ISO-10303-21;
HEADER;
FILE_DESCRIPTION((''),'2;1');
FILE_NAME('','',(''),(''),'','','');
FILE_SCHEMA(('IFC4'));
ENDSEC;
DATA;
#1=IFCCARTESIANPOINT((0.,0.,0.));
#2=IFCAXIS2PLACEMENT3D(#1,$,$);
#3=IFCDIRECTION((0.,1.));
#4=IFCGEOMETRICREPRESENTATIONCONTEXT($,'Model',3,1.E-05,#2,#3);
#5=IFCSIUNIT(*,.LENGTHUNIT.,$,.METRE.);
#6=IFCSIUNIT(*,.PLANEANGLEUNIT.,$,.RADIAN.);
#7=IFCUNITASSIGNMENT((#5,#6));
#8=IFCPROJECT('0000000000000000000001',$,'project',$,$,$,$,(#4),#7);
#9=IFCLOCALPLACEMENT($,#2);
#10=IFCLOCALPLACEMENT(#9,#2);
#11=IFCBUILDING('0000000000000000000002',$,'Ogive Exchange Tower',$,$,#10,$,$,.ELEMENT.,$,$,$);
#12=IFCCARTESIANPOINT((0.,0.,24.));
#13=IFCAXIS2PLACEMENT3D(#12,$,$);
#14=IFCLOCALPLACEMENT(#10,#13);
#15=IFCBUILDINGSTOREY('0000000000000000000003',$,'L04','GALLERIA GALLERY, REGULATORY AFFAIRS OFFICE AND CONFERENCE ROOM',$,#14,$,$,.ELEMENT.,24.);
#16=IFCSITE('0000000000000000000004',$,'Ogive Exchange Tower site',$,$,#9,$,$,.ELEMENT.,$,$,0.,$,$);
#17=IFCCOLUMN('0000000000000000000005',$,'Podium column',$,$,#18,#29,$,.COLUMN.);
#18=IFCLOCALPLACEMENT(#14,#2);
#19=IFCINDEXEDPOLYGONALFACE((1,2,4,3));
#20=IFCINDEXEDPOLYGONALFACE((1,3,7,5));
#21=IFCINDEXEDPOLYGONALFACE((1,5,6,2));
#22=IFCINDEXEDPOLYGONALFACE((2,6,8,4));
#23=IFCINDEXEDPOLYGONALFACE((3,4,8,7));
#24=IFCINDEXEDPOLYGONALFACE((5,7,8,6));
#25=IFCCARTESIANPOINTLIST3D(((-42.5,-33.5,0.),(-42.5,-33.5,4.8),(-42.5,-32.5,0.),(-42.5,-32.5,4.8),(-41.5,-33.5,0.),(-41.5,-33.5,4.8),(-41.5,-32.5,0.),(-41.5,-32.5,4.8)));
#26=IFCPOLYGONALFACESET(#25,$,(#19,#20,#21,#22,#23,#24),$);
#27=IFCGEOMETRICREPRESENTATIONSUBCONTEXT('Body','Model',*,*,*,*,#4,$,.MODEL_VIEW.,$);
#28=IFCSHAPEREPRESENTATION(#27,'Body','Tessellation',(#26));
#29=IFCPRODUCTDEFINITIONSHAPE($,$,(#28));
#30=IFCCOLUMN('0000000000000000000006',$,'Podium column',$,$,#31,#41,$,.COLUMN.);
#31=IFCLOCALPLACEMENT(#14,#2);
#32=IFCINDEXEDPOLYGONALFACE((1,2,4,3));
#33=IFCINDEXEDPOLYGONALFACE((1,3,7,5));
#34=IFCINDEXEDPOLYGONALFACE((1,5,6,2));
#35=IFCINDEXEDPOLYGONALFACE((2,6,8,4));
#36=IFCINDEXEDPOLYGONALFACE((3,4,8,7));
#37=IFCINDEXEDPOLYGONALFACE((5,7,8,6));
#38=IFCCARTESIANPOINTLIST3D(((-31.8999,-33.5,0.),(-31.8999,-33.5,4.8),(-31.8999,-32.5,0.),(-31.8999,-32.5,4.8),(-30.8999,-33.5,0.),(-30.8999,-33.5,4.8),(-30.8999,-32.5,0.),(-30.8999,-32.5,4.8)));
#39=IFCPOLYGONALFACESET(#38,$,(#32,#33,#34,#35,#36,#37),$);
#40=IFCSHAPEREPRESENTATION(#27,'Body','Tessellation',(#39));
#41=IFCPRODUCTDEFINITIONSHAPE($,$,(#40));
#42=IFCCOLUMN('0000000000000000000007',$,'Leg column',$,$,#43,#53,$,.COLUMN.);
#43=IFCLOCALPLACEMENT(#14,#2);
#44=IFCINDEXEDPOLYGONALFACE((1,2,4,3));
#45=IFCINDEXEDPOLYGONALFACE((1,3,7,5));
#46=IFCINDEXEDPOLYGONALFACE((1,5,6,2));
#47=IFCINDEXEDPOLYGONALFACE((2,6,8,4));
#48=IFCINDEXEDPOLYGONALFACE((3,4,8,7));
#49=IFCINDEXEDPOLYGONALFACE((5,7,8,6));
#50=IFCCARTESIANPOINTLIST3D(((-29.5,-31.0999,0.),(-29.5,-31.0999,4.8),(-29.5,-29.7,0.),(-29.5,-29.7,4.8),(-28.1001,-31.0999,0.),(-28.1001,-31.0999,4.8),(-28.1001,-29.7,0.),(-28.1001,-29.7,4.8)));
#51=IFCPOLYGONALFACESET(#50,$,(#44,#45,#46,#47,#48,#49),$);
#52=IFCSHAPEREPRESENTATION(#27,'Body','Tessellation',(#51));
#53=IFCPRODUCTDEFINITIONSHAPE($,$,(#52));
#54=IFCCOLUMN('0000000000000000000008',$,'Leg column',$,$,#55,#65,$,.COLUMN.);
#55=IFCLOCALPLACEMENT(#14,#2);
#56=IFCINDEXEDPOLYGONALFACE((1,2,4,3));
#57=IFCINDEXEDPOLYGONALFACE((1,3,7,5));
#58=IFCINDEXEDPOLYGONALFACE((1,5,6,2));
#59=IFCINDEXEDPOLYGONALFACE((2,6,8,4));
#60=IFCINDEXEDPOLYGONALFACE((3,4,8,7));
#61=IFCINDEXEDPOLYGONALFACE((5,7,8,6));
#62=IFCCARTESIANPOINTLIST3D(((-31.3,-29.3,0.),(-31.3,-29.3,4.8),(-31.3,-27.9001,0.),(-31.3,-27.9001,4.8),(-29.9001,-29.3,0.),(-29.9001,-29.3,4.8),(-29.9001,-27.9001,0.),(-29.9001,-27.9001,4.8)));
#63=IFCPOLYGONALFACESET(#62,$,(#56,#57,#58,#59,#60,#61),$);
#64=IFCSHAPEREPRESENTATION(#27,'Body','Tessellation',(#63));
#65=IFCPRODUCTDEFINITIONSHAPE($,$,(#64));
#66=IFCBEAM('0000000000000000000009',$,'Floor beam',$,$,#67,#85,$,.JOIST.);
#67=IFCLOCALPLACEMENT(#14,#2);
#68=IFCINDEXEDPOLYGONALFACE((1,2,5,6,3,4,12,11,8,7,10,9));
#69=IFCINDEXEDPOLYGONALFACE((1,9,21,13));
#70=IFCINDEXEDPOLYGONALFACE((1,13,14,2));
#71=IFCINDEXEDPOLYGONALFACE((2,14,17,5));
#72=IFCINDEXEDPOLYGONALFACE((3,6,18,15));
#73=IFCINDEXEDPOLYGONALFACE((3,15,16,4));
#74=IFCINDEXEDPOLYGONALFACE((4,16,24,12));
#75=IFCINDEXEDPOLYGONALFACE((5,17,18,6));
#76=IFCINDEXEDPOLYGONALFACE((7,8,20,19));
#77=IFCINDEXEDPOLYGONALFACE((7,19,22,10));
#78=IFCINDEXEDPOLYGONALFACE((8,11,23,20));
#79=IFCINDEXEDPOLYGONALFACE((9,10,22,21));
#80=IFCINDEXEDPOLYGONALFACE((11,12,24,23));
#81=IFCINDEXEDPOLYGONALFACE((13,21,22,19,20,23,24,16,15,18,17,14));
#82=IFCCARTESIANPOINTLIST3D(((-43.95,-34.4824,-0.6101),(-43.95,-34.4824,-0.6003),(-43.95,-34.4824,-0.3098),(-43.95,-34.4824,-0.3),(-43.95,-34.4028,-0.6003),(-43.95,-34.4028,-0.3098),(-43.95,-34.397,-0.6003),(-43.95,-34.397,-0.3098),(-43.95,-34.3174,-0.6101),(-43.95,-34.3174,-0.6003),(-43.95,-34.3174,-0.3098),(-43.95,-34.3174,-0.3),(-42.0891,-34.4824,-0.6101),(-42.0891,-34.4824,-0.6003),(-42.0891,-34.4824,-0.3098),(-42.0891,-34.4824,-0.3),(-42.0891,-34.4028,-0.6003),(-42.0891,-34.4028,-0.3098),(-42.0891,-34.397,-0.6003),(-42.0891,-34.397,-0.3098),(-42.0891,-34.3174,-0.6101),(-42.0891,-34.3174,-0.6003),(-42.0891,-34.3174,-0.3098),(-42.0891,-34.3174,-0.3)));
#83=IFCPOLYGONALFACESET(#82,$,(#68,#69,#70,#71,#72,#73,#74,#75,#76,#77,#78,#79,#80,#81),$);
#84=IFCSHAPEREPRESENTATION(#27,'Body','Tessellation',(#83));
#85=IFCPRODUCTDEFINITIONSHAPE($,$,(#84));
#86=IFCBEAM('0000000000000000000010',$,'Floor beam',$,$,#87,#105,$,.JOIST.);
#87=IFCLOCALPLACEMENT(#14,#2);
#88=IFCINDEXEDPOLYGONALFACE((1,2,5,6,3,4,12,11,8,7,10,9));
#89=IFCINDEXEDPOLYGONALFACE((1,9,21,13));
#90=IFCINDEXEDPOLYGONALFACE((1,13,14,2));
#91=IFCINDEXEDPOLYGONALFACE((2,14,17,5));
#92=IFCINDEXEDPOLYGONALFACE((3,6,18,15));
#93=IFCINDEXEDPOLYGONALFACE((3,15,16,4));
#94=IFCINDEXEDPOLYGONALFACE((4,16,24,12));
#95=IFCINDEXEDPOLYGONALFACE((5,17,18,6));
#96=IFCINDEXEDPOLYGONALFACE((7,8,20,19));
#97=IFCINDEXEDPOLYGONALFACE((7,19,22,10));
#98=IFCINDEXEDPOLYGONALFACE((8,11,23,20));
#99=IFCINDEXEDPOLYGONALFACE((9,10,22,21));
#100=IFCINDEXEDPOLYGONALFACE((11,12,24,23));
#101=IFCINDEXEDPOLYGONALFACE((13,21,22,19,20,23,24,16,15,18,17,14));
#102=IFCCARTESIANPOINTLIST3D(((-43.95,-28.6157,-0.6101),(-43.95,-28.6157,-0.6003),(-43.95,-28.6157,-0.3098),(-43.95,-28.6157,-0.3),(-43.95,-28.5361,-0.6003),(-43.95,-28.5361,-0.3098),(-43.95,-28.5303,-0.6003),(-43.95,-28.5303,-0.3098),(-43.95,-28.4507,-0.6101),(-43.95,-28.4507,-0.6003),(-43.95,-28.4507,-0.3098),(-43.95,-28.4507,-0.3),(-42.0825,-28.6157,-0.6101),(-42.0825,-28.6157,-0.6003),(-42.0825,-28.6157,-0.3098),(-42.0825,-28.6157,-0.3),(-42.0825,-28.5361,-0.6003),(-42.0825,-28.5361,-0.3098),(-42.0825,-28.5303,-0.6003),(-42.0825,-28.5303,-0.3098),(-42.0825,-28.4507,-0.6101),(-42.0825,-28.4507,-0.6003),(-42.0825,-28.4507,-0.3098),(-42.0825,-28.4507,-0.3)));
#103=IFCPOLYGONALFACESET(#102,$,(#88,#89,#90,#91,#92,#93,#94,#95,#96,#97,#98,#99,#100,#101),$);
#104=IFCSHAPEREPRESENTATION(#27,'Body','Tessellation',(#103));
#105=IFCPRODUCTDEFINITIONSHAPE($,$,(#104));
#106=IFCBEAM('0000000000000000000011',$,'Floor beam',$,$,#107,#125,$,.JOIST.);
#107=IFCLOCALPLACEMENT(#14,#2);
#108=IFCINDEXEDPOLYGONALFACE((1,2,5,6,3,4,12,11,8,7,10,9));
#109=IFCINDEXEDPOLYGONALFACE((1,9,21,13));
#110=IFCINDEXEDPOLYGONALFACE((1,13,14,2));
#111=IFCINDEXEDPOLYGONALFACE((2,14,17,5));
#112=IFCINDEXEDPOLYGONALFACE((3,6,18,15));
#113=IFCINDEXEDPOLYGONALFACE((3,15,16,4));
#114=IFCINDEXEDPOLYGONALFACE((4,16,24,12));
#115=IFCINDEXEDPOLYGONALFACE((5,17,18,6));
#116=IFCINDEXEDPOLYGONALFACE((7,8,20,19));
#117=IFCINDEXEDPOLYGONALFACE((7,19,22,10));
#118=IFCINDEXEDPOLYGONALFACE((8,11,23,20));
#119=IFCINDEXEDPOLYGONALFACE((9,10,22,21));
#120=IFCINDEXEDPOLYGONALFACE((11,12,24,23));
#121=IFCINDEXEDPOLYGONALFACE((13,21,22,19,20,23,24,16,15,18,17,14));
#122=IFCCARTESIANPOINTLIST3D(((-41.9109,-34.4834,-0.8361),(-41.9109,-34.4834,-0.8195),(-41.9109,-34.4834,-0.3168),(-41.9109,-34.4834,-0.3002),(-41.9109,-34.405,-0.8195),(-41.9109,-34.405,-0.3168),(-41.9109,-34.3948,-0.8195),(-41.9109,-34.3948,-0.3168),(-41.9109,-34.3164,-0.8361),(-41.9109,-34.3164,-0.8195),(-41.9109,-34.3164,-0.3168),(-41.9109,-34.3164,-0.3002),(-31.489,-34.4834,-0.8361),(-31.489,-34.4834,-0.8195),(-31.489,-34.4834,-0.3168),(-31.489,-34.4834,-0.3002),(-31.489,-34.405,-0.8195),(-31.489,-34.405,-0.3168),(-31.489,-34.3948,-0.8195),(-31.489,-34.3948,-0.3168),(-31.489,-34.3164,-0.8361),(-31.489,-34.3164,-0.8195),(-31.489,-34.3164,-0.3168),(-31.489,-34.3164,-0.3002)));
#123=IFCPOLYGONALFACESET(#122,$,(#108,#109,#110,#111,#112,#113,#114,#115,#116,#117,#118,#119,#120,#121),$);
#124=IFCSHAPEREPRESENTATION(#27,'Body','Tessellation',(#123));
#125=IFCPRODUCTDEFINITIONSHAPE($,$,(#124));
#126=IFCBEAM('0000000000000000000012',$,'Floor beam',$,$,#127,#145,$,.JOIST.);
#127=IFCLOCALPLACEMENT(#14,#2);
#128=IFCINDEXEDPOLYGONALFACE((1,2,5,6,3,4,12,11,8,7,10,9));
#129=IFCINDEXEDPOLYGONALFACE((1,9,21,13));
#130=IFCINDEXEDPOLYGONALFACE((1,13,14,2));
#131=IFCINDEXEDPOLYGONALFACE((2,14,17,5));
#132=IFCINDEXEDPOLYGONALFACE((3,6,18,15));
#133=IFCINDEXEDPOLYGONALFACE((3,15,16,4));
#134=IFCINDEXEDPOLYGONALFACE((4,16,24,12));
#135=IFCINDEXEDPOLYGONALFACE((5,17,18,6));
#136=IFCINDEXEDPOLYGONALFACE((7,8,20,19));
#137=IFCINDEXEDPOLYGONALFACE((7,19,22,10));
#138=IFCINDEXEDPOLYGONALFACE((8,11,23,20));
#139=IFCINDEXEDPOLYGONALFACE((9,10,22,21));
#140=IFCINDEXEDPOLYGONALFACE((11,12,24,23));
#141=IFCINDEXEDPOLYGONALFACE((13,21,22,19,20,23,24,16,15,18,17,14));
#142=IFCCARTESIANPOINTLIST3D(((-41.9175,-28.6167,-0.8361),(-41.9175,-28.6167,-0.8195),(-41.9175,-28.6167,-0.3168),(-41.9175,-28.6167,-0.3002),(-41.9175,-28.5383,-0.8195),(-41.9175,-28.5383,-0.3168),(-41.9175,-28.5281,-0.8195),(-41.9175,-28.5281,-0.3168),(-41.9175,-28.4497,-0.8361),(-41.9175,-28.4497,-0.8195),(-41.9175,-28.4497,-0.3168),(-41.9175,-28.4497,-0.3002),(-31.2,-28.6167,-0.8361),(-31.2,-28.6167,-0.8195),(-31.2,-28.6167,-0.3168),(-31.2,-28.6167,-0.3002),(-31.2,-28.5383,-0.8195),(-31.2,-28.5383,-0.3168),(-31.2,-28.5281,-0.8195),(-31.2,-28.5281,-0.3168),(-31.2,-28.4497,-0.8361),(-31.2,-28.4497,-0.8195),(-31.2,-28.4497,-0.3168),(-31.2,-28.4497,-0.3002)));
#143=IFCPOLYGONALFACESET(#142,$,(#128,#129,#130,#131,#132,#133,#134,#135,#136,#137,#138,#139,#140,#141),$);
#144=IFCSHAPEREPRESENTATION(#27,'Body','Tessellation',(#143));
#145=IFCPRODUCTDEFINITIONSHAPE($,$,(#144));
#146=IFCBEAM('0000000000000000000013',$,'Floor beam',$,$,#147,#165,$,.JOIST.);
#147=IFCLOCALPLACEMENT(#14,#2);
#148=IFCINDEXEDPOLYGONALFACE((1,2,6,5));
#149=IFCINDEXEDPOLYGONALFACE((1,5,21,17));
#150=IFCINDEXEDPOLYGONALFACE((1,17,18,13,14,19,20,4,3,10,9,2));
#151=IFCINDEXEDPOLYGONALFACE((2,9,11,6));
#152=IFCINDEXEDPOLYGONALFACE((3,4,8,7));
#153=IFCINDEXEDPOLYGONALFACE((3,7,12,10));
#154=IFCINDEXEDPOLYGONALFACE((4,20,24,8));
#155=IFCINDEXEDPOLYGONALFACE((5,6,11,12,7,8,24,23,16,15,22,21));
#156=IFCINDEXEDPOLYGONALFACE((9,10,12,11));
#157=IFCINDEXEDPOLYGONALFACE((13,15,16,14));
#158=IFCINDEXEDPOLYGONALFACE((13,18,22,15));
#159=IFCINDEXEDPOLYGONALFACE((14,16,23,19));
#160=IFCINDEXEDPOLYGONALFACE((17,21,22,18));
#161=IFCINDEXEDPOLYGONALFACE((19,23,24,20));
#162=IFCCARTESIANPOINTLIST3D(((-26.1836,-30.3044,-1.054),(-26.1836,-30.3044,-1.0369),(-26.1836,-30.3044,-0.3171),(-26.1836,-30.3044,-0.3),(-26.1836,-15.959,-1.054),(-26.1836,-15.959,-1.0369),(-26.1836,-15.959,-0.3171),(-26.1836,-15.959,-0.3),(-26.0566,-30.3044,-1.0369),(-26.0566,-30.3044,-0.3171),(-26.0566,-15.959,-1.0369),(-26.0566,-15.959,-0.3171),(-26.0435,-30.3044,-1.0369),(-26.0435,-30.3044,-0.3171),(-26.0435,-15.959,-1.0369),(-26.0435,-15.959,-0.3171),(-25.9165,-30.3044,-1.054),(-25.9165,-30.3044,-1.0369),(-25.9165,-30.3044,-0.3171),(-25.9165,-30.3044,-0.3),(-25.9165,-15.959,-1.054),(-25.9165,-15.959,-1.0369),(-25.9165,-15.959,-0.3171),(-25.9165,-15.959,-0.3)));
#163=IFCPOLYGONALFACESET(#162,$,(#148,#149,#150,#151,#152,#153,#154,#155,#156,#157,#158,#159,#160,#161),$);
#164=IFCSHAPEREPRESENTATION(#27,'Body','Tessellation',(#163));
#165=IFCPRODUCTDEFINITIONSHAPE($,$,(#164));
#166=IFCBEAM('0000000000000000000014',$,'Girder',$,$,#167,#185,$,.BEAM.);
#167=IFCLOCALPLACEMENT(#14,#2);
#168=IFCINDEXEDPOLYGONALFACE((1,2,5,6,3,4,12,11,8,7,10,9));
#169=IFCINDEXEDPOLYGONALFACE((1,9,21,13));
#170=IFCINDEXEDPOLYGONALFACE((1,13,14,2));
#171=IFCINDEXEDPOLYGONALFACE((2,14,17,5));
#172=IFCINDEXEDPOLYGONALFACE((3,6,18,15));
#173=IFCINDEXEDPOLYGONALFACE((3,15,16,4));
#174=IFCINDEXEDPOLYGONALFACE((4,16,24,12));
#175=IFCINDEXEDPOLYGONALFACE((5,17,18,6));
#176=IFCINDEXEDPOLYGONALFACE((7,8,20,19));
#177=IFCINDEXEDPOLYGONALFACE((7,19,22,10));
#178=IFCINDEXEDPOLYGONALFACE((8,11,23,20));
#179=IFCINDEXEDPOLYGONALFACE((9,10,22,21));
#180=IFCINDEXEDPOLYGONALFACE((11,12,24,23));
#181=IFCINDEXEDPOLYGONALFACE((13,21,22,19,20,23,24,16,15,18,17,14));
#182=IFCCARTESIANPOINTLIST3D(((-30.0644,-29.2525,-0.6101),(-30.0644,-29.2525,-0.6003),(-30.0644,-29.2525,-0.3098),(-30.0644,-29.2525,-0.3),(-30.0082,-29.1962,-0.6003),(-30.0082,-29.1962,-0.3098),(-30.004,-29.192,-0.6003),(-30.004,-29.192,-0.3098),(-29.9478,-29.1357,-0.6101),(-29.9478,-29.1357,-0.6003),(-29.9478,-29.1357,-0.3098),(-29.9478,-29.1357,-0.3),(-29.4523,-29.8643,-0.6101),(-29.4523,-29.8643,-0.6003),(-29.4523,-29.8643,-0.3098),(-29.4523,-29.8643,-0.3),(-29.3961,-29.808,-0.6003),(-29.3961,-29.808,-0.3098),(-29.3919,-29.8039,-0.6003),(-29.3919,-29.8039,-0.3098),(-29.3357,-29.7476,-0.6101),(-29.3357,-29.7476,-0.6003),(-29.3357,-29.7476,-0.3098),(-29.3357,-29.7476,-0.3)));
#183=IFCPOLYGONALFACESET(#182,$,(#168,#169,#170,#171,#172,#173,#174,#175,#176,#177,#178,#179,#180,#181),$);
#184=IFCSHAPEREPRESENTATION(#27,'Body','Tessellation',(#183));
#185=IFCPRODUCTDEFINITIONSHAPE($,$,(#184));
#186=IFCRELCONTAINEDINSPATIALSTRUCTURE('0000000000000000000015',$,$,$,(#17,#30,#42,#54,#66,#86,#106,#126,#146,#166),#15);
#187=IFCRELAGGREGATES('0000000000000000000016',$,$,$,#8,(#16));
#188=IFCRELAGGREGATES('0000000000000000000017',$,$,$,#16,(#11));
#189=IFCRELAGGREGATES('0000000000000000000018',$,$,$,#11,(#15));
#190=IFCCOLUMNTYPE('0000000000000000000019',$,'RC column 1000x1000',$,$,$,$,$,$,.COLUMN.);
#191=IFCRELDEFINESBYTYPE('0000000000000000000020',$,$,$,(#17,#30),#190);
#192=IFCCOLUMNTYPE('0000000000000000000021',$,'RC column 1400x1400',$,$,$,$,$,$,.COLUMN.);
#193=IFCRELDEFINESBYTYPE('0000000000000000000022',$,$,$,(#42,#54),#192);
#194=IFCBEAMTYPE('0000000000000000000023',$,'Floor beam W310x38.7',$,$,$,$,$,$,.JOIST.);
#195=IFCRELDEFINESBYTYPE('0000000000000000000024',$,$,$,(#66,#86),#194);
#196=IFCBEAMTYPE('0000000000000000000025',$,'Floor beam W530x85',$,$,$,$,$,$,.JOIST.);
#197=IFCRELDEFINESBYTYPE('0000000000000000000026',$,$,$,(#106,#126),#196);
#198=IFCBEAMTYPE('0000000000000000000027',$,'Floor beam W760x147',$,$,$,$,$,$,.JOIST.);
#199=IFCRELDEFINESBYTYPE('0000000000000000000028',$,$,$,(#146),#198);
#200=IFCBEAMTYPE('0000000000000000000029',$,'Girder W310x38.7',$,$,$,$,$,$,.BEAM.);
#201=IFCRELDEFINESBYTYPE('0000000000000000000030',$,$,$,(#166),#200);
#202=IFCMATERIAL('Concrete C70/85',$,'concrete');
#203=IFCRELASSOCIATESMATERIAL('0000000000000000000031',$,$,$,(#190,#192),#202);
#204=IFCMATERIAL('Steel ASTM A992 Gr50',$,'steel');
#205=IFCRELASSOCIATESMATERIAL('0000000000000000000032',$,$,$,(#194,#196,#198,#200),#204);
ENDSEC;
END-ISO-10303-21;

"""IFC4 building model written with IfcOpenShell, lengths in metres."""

from ifc_helpers import new_model, si_unit, direction, frame, origin, origin_2d, place, context, subcontext, project, spatial, rectangle, i_section, extrude, material, material_profile, profile_set, type_object, element, save


model = new_model("IFC4")

# Units and contexts
model_context = context("Model", 3, precision=1e-05, world=origin(), true_north=direction((0.0, 1.0)))
body_context = subcontext(model_context, "Body", "Model", "MODEL_VIEW")
ifc_project = project(units=[si_unit("LENGTHUNIT", "METRE"), si_unit("PLANEANGLEUNIT", "RADIAN")], contexts=[model_context])

# Site, building, storey
site_placement = place(None, origin())
site = spatial("IfcSite", under=ifc_project, at=site_placement, Name="Ogive Exchange Tower site", CompositionType="ELEMENT", RefElevation=0.0)
building_placement = place(site_placement, origin())
building = spatial("IfcBuilding", under=site, at=building_placement, Name="Ogive Exchange Tower", CompositionType="ELEMENT")
storey_placement = place(building_placement, frame((0.0, 0.0, 24.0)))
storey = spatial("IfcBuildingStorey", under=building, at=storey_placement, Name="L04", Description="GALLERIA GALLERY, REGULATORY AFFAIRS OFFICE AND CONFERENCE ROOM", CompositionType="ELEMENT", Elevation=24.0)

# Columns
ifc_material_1 = material(Name="Concrete C70/85", Category="concrete")
ifc_material_profile_1 = material_profile(ifc_material_1, rectangle(XDim=1.0, YDim=1.0, at=origin_2d()), Name="RC 1000x1000")
ifc_profile_set_1 = profile_set([ifc_material_profile_1], Name="Concrete C70/85")
column_type_1 = type_object("IfcColumnType", Name="RC column 1000x1000", PredefinedType="COLUMN", material=ifc_profile_set_1)
for number, where, z_axis, x_axis, name in (
    (1, (-42.0, -33.0, 0.0), (0.0, 0.0, 1.0), (1.0, 0.0, 0.0), "Podium column"),
    (2, (-31.3999, -33.0, 0.0), (0.0, 0.0, 1.0), (1.0, 0.0, 0.0), "Podium column"),
):
    element("IfcColumn", number, at=place(storey_placement, frame(where, z_axis=z_axis, x_axis=x_axis)), inside=storey, type_object=column_type_1, Name=name, PredefinedType="COLUMN", context=body_context, shape_type="SweptSolid", body=[
        extrude(rectangle(XDim=1.0, YDim=1.0, at=origin_2d()), origin(), (0.0, 0.0, 1.0), 4.8),
    ])
ifc_material_profile_2 = material_profile(ifc_material_1, rectangle(XDim=1.3999, YDim=1.3999, at=origin_2d()), Name="RC 1400x1400")
ifc_profile_set_2 = profile_set([ifc_material_profile_2], Name="Concrete C70/85")
column_type_2 = type_object("IfcColumnType", Name="RC column 1400x1400", PredefinedType="COLUMN", material=ifc_profile_set_2)
for number, where, z_axis, x_axis, name in (
    (3, (-28.8, -30.3999, 0.0), (0.0, 0.0, 1.0), (1.0, 0.0, 0.0), "Leg column"),
    (4, (-30.6001, -28.6001, 0.0), (0.0, 0.0, 1.0), (1.0, 0.0, 0.0), "Leg column"),
):
    element("IfcColumn", number, at=place(storey_placement, frame(where, z_axis=z_axis, x_axis=x_axis)), inside=storey, type_object=column_type_2, Name=name, PredefinedType="COLUMN", context=body_context, shape_type="SweptSolid", body=[
        extrude(rectangle(XDim=1.3999, YDim=1.3999, at=origin_2d()), origin(), (0.0, 0.0, 1.0), 4.8),
    ])

# Beams
ifc_material_2 = material(Name="Steel ASTM A992 Gr50", Category="steel")
ifc_material_profile_3 = material_profile(ifc_material_2, i_section(OverallWidth=0.165, OverallDepth=0.3101, WebThickness=0.0059, FlangeThickness=0.0098, at=origin_2d()), Name="W310x38.7")
ifc_profile_set_3 = profile_set([ifc_material_profile_3], Name="Steel ASTM A992 Gr50")
beam_type_1 = type_object("IfcBeamType", Name="Floor beam W310x38.7", PredefinedType="JOIST", material=ifc_profile_set_3)
beam_1_placement = place(storey_placement, frame((-43.95, -34.3999, -0.4551), z_axis=(1.0, 0.0, 0.0), x_axis=(0.0, 1.0, 0.0)))
element("IfcBeam", 5, at=beam_1_placement, inside=storey, type_object=beam_type_1, Name="Floor beam", PredefinedType="JOIST", context=body_context, shape_type="SweptSolid", body=[
    extrude(i_section(OverallWidth=0.165, OverallDepth=0.3101, WebThickness=0.0059, FlangeThickness=0.0098, at=origin_2d()), origin(), (0.0, 0.0, 1.0), 1.8608),
])
beam_2_placement = place(storey_placement, frame((-43.95, -28.5332, -0.4551), z_axis=(1.0, 0.0, 0.0), x_axis=(0.0, 1.0, 0.0)))
element("IfcBeam", 6, at=beam_2_placement, inside=storey, type_object=beam_type_1, Name="Floor beam", PredefinedType="JOIST", context=body_context, shape_type="SweptSolid", body=[
    extrude(i_section(OverallWidth=0.165, OverallDepth=0.3101, WebThickness=0.0059, FlangeThickness=0.0098, at=origin_2d()), origin(), (0.0, 0.0, 1.0), 1.8674),
])
ifc_material_profile_4 = material_profile(ifc_material_2, i_section(OverallWidth=0.167, OverallDepth=0.5359, WebThickness=0.0103, FlangeThickness=0.0166, at=origin_2d()), Name="W530x85")
ifc_profile_set_4 = profile_set([ifc_material_profile_4], Name="Steel ASTM A992 Gr50")
beam_type_2 = type_object("IfcBeamType", Name="Floor beam W530x85", PredefinedType="JOIST", material=ifc_profile_set_4)
beam_3_placement = place(storey_placement, frame((-41.9109, -34.3999, -0.5681), z_axis=(1.0, 0.0, 0.0), x_axis=(0.0, 1.0, 0.0)))
element("IfcBeam", 7, at=beam_3_placement, inside=storey, type_object=beam_type_2, Name="Floor beam", PredefinedType="JOIST", context=body_context, shape_type="SweptSolid", body=[
    extrude(i_section(OverallWidth=0.167, OverallDepth=0.5359, WebThickness=0.0103, FlangeThickness=0.0166, at=origin_2d()), origin(), (0.0, 0.0, 1.0), 10.4219),
])
beam_4_placement = place(storey_placement, frame((-41.9175, -28.5332, -0.5681), z_axis=(1.0, 0.0, 0.0), x_axis=(0.0, 1.0, 0.0)))
element("IfcBeam", 8, at=beam_4_placement, inside=storey, type_object=beam_type_2, Name="Floor beam", PredefinedType="JOIST", context=body_context, shape_type="SweptSolid", body=[
    extrude(i_section(OverallWidth=0.167, OverallDepth=0.5359, WebThickness=0.0103, FlangeThickness=0.0166, at=origin_2d()), origin(), (0.0, 0.0, 1.0), 10.7175),
])
ifc_material_profile_5 = material_profile(ifc_material_2, i_section(OverallWidth=0.2671, OverallDepth=0.7539, WebThickness=0.0132, FlangeThickness=0.0171, at=origin_2d()), Name="W760x147")
ifc_profile_set_5 = profile_set([ifc_material_profile_5], Name="Steel ASTM A992 Gr50")
beam_type_3 = type_object("IfcBeamType", Name="Floor beam W760x147", PredefinedType="JOIST", material=ifc_profile_set_5)
beam_5_placement = place(storey_placement, frame((-26.05, -30.3044, -0.677), z_axis=(0.0, 1.0, 0.0), x_axis=(-1.0, 0.0, 0.0)))
element("IfcBeam", 9, at=beam_5_placement, inside=storey, type_object=beam_type_3, Name="Floor beam", PredefinedType="JOIST", context=body_context, shape_type="SweptSolid", body=[
    extrude(i_section(OverallWidth=0.2671, OverallDepth=0.7539, WebThickness=0.0132, FlangeThickness=0.0171, at=origin_2d()), origin(), (0.0, 0.0, 1.0), 14.3455),
])
ifc_material_profile_6 = material_profile(ifc_material_2, i_section(OverallWidth=0.165, OverallDepth=0.3101, WebThickness=0.0059, FlangeThickness=0.0098, at=origin_2d()), Name="W310x38.7")
ifc_profile_set_6 = profile_set([ifc_material_profile_6], Name="Steel ASTM A992 Gr50")
beam_type_4 = type_object("IfcBeamType", Name="Girder W310x38.7", PredefinedType="BEAM", material=ifc_profile_set_6)
beam_6_placement = place(storey_placement, frame((-30.0061, -29.1941, -0.4551), z_axis=(0.707248, -0.706966, 0.0), x_axis=(0.706966, 0.707248, 0.0)))
element("IfcBeam", 10, at=beam_6_placement, inside=storey, type_object=beam_type_4, Name="Girder", PredefinedType="BEAM", context=body_context, shape_type="SweptSolid", body=[
    extrude(i_section(OverallWidth=0.165, OverallDepth=0.3101, WebThickness=0.0059, FlangeThickness=0.0098, at=origin_2d()), origin(), (0.0, 0.0, 1.0), 0.8655),
])

save(model, "model.ifc")
